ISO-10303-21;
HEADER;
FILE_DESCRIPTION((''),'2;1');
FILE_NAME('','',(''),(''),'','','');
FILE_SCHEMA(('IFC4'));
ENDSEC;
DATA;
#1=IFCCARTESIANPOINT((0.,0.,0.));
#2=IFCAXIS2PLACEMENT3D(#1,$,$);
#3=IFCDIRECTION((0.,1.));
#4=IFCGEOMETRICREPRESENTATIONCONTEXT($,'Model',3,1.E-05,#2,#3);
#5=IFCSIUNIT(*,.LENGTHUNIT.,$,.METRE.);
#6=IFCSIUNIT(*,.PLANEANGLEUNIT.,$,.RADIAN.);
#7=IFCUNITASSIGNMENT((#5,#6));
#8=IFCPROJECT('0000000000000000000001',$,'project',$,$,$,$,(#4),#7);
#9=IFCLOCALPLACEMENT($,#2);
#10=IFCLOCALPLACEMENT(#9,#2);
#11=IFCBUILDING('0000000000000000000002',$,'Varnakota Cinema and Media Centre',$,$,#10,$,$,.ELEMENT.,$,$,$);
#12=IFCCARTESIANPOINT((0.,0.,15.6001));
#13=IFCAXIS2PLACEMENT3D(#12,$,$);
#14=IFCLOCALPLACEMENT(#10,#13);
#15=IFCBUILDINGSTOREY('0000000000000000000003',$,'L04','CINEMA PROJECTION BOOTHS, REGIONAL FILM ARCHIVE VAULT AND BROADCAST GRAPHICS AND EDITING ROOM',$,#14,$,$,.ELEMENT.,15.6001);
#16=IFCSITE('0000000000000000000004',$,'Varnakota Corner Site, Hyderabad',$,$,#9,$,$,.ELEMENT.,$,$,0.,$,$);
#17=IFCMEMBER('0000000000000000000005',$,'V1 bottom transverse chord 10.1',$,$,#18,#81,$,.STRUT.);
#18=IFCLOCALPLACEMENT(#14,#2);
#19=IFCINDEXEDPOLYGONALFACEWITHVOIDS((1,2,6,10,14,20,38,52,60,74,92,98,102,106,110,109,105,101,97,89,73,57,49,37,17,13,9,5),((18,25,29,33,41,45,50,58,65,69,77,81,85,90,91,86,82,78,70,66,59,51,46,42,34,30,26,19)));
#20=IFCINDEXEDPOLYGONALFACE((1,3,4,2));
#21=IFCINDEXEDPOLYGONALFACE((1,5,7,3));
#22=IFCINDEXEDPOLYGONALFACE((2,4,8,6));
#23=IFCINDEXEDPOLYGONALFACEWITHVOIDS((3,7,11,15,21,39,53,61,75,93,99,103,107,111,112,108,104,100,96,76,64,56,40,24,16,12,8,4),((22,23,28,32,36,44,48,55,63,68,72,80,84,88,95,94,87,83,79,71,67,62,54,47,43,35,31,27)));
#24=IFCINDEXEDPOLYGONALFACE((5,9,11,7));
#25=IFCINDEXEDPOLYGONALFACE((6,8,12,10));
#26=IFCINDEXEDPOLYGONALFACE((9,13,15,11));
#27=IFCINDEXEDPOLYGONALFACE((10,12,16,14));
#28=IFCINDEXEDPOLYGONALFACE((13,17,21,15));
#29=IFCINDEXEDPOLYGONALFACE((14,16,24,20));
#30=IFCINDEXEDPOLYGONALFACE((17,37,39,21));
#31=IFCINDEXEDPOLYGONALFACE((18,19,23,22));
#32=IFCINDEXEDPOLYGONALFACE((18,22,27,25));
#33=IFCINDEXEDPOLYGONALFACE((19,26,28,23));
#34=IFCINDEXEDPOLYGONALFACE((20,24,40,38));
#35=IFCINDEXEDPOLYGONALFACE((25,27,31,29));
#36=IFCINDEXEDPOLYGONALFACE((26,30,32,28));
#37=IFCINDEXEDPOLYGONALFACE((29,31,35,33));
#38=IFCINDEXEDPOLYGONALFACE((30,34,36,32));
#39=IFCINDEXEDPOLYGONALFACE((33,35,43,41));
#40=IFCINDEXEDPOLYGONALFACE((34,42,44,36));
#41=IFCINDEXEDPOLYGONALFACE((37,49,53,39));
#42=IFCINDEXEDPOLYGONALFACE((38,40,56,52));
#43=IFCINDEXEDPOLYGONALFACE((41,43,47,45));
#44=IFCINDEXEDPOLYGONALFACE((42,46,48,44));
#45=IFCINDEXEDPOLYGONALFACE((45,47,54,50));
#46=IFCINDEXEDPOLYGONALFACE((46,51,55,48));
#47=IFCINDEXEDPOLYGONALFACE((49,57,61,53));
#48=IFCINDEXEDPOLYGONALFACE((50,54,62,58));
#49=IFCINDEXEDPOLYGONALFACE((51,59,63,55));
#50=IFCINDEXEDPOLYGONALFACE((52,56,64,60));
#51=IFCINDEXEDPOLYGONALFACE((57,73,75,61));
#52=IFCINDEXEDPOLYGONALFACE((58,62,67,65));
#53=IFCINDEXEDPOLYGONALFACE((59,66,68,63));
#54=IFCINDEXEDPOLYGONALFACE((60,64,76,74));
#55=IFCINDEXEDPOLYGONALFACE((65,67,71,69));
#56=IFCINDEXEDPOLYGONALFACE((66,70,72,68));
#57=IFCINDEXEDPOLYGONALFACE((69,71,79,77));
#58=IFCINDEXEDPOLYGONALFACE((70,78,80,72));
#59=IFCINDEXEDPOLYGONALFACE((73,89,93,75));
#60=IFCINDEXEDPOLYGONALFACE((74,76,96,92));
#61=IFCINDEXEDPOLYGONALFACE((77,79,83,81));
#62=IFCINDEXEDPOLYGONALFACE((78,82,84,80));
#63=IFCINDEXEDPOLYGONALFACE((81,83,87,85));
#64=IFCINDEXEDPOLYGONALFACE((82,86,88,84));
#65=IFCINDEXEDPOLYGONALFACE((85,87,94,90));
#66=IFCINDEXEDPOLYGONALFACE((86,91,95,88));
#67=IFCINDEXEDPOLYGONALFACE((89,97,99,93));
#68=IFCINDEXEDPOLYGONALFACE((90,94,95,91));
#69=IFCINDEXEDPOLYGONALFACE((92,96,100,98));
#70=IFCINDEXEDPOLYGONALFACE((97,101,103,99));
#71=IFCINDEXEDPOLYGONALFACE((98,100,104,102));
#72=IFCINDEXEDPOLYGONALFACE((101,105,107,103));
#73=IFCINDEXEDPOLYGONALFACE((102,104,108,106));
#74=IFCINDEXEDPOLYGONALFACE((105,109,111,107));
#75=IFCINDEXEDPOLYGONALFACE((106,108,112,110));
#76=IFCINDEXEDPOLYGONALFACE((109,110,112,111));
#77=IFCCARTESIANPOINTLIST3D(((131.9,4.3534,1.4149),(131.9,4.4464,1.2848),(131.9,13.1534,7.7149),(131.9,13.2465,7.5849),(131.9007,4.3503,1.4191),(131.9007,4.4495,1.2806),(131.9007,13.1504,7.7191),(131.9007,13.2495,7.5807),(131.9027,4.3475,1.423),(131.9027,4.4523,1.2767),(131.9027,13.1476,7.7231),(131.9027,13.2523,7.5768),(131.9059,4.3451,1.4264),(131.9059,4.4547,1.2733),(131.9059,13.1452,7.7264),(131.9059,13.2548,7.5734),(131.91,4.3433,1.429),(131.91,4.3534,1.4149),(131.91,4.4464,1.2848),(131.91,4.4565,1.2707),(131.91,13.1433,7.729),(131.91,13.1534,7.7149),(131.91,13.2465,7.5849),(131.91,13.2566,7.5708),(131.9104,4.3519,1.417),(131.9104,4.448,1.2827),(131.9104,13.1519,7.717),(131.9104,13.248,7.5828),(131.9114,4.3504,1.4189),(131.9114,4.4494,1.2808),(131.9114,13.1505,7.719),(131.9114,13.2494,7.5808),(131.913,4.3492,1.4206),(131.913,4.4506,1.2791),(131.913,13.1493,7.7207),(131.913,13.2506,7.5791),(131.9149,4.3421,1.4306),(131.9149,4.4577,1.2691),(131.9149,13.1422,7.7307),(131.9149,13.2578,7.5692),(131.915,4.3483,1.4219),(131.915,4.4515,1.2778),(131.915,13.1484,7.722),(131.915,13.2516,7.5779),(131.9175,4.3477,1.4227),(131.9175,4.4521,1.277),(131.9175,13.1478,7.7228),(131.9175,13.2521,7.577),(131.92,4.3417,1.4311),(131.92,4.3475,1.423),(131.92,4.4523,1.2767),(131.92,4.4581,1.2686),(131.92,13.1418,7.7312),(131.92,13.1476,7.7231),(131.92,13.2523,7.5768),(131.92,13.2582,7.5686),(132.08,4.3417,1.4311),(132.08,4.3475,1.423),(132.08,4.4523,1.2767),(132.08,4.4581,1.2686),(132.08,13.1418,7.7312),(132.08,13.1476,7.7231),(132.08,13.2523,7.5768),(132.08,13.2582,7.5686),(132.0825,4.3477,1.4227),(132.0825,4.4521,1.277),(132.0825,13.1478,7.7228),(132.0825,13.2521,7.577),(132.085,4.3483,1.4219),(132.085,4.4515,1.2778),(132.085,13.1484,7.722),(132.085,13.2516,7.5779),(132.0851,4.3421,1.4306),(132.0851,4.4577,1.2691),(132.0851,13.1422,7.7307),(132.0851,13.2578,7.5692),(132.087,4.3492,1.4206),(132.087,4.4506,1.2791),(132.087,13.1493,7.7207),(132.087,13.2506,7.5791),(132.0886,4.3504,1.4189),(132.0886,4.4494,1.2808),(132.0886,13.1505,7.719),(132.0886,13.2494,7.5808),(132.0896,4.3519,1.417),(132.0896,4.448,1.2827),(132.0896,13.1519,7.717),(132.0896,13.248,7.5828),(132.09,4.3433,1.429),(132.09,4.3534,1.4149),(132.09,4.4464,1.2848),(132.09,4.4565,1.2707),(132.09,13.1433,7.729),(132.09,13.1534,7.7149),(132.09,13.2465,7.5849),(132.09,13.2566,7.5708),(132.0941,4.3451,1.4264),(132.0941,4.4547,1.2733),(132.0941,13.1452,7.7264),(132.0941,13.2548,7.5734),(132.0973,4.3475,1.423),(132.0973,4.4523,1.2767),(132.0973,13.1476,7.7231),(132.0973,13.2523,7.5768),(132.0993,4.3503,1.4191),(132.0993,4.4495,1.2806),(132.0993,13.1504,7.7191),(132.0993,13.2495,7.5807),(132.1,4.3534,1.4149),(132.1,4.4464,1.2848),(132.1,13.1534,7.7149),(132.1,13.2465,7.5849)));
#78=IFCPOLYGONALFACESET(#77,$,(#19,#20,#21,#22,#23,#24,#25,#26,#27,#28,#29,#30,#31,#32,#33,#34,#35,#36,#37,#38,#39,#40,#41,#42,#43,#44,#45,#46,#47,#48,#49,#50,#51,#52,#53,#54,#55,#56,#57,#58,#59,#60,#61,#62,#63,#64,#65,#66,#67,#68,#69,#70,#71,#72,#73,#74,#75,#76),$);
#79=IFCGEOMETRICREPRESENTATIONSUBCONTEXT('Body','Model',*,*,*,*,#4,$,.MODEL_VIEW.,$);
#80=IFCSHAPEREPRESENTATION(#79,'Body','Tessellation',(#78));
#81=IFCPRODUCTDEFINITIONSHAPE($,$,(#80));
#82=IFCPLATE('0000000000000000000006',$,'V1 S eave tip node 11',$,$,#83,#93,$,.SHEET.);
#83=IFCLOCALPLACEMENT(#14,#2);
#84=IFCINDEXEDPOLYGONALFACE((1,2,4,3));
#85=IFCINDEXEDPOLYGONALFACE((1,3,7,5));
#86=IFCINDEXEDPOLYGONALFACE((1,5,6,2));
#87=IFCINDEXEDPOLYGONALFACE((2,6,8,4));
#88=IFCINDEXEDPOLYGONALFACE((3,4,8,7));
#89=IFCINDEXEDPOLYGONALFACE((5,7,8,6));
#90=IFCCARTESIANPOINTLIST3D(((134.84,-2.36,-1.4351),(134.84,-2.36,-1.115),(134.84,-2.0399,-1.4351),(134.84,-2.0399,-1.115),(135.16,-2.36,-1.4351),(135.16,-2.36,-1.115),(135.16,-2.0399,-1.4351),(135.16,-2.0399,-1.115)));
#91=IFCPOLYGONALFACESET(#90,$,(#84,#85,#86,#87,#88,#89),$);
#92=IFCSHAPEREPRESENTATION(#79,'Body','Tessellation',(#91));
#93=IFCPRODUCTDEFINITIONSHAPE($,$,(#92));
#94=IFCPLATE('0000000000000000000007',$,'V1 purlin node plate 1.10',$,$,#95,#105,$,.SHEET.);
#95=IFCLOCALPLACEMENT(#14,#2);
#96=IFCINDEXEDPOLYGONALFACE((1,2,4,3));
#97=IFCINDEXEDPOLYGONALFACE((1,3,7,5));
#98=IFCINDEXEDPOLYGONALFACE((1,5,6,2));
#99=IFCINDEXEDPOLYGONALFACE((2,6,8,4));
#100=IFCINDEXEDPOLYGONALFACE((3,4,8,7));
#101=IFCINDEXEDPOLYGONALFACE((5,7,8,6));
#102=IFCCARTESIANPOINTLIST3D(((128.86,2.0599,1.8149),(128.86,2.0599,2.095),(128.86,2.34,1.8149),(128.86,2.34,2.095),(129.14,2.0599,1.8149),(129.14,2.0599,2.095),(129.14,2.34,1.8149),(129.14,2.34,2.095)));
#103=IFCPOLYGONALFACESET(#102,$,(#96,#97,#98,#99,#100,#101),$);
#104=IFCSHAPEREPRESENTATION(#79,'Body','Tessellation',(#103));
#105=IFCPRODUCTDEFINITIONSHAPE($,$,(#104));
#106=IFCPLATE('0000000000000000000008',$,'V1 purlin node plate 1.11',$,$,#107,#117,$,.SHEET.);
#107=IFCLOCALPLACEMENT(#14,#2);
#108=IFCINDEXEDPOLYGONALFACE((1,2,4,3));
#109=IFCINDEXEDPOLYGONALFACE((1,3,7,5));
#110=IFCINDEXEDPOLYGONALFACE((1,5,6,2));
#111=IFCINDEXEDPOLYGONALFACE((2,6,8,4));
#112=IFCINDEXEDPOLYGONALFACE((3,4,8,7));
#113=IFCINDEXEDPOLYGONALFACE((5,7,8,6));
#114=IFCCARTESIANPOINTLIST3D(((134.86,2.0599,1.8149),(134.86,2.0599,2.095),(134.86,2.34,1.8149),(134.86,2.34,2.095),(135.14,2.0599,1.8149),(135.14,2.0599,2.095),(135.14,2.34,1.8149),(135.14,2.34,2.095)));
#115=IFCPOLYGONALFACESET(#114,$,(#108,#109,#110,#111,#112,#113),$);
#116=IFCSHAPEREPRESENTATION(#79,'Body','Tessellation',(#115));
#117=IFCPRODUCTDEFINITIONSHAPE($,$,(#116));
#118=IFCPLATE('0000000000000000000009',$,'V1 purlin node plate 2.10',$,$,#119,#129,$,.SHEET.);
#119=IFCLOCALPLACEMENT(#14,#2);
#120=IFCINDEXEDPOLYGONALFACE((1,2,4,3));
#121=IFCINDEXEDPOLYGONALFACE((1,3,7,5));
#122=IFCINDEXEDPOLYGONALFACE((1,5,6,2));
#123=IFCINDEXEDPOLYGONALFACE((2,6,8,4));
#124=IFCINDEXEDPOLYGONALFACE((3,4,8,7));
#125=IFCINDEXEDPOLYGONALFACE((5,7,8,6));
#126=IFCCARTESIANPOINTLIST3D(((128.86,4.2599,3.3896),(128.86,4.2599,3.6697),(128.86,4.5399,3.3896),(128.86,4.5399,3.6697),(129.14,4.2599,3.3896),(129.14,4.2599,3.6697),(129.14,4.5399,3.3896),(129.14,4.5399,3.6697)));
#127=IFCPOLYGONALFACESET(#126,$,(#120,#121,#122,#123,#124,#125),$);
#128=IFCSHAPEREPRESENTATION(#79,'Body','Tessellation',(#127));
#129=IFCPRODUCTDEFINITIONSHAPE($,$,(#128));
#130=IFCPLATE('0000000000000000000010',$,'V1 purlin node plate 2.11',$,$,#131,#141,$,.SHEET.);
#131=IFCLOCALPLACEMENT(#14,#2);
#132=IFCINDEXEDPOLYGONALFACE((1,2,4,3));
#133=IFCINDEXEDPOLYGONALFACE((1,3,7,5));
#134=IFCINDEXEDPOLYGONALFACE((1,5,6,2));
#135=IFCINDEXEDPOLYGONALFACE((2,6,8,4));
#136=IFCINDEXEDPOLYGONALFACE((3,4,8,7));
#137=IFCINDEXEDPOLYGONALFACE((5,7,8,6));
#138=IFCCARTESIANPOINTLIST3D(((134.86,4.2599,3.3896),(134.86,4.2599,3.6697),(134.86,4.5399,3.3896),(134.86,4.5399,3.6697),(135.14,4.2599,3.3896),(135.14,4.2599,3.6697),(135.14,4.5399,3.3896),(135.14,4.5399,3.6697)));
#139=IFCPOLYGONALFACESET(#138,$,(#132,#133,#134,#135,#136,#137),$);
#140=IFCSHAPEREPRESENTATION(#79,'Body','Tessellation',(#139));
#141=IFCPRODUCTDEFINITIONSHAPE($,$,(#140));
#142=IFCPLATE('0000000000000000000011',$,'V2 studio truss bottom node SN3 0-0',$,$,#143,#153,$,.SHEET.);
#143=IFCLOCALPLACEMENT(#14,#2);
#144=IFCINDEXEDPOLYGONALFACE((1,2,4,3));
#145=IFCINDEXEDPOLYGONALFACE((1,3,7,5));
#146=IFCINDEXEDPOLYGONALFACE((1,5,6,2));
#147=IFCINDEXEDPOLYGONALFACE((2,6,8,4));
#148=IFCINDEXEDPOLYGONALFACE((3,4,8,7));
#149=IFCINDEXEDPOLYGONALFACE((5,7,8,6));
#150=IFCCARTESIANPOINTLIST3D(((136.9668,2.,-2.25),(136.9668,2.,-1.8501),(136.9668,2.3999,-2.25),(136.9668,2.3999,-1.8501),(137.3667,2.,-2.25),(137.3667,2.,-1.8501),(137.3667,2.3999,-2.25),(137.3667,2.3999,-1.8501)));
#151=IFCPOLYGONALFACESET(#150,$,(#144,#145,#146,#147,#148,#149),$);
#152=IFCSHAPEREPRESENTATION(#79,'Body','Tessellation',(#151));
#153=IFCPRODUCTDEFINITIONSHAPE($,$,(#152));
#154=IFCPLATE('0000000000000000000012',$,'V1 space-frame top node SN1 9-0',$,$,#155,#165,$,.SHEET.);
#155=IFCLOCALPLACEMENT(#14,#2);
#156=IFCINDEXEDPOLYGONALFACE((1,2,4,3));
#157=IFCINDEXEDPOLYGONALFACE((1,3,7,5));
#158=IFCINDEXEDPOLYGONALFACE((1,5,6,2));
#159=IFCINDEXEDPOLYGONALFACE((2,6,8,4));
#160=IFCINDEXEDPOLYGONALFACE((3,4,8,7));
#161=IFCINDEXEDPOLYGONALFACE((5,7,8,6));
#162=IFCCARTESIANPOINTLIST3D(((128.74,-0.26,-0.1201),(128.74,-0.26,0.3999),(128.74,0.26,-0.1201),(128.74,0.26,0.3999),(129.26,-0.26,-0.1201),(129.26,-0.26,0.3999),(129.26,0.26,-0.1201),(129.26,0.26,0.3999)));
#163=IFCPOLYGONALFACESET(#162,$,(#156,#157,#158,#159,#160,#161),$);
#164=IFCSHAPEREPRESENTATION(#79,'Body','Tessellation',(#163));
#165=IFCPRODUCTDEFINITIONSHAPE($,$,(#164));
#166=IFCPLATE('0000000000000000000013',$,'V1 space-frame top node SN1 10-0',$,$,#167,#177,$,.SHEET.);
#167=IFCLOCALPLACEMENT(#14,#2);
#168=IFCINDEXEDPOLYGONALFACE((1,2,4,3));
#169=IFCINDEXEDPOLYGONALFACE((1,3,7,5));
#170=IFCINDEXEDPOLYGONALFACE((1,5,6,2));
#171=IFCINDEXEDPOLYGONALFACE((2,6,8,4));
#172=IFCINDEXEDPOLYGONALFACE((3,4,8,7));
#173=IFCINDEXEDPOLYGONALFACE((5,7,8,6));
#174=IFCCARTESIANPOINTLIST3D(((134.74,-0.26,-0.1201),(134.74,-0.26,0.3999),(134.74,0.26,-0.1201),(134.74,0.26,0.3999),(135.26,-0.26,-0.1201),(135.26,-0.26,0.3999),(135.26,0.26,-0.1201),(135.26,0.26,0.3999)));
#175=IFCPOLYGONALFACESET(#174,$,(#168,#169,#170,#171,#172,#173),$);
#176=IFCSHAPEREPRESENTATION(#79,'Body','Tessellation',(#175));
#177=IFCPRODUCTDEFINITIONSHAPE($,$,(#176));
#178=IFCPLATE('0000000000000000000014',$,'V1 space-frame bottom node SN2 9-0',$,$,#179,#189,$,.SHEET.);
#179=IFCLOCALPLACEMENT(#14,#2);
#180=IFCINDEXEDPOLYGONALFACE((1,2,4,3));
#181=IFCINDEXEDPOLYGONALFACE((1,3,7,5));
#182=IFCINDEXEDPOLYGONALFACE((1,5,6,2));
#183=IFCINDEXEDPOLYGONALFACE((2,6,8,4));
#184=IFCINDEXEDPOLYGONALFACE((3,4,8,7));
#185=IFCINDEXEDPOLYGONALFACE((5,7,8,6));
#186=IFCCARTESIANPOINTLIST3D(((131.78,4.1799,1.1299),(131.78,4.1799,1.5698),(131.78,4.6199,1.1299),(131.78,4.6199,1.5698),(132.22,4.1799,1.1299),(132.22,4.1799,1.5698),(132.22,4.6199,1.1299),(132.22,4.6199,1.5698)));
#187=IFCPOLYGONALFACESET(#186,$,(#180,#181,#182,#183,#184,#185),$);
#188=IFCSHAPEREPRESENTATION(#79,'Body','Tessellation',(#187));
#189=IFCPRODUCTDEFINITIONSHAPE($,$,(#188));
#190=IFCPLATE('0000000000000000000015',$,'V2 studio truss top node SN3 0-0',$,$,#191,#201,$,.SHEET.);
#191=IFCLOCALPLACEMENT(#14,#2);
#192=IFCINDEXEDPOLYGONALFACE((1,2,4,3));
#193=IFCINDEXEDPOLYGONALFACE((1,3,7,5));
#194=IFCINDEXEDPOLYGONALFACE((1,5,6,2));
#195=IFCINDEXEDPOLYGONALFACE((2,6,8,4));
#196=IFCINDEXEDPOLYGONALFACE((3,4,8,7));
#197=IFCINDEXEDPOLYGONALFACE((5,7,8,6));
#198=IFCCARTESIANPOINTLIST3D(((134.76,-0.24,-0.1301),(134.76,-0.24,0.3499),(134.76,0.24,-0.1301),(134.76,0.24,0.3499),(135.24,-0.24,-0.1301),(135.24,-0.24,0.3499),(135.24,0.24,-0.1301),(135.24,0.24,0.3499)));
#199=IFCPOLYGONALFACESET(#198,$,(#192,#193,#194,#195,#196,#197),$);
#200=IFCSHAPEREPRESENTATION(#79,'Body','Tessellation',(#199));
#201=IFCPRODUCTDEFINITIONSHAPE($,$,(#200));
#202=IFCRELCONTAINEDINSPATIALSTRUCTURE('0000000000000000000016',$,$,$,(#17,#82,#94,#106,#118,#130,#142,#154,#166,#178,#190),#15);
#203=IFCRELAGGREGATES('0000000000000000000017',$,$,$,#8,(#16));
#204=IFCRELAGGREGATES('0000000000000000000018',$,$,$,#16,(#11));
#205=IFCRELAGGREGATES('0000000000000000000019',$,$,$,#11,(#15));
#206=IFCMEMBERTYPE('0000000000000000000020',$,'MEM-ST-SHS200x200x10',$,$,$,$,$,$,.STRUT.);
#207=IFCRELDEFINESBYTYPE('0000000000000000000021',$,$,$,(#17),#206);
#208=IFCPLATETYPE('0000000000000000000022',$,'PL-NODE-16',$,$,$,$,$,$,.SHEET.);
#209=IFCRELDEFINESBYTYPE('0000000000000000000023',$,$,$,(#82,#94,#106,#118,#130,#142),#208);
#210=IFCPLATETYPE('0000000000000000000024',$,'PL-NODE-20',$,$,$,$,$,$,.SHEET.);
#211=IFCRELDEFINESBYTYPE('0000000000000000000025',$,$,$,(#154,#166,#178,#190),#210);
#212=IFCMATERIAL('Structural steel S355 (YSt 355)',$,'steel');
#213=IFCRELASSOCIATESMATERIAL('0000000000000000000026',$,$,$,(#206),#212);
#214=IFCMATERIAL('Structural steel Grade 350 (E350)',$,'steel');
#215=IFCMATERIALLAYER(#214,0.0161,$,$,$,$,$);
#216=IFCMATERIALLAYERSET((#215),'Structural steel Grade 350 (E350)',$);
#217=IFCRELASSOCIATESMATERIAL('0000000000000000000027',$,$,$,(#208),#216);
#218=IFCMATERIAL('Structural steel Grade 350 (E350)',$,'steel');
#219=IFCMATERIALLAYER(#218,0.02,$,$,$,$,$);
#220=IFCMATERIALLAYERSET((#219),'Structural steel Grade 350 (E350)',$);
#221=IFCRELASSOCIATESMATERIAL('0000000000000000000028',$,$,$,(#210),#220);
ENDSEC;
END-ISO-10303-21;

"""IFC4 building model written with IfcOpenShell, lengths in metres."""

from ifc_helpers import new_model, si_unit, direction, frame, origin, origin_2d, place, context, subcontext, project, spatial, rectangle, hollow_rectangle, extrude, material, layer, layer_set, material_profile, profile_set, type_object, element, save


model = new_model("IFC4")

# Units and contexts
model_context = context("Model", 3, precision=1e-05, world=origin(), true_north=direction((0.0, 1.0)))
body_context = subcontext(model_context, "Body", "Model", "MODEL_VIEW")
ifc_project = project(units=[si_unit("LENGTHUNIT", "METRE"), si_unit("PLANEANGLEUNIT", "RADIAN")], contexts=[model_context])

# Site, building, storey
site_placement = place(None, origin())
site = spatial("IfcSite", under=ifc_project, at=site_placement, Name="Varnakota Corner Site, Hyderabad", CompositionType="ELEMENT", RefElevation=0.0)
building_placement = place(site_placement, origin())
building = spatial("IfcBuilding", under=site, at=building_placement, Name="Varnakota Cinema and Media Centre", CompositionType="ELEMENT")
storey_placement = place(building_placement, frame((0.0, 0.0, 15.6001)))
storey = spatial("IfcBuildingStorey", under=building, at=storey_placement, Name="L04", Description="CINEMA PROJECTION BOOTHS, REGIONAL FILM ARCHIVE VAULT AND BROADCAST GRAPHICS AND EDITING ROOM", CompositionType="ELEMENT", Elevation=15.6001)

# Member
ifc_material_1 = material(Name="Structural steel S355 (YSt 355)", Category="steel")
ifc_material_profile_1 = material_profile(ifc_material_1, hollow_rectangle(XDim=0.2, YDim=0.2, WallThickness=0.01, InnerFilletRadius=0.01, OuterFilletRadius=0.02, at=origin_2d()), Name="SHS 200x200x10")
ifc_profile_set_1 = profile_set([ifc_material_profile_1], Name="Structural steel S355 (YSt 355)")
member_type_1 = type_object("IfcMemberType", Name="MEM-ST-SHS200x200x10", PredefinedType="STRUT", material=ifc_profile_set_1)
member_1_placement = place(storey_placement, frame((132.0, 4.3999, 1.3499), z_axis=(0.0, 0.813108, 0.582113), x_axis=(-1.0, 0.0, 0.0)))
element("IfcMember", 1, at=member_1_placement, inside=storey, type_object=member_type_1, Name="V1 bottom transverse chord 10.1", PredefinedType="STRUT", context=body_context, shape_type="SweptSolid", body=[
    extrude(hollow_rectangle(XDim=0.2, YDim=0.2, WallThickness=0.01, InnerFilletRadius=0.01, OuterFilletRadius=0.02, at=origin_2d()), origin(), (0.0, 0.0, 1.0), 10.8228),
])

# Plates
ifc_material_2 = material(Name="Structural steel Grade 350 (E350)", Category="steel")
ifc_layer_1 = layer(ifc_material_2, 0.0161)
ifc_layer_set_1 = layer_set([ifc_layer_1], Name="Structural steel Grade 350 (E350)")
plate_type_1 = type_object("IfcPlateType", Name="PL-NODE-16", PredefinedType="SHEET", material=ifc_layer_set_1)
plate_1_placement = place(storey_placement, frame((135.0, -2.2, -1.4351), z_axis=(0.0, 0.0, 1.0), x_axis=(1.0, 0.0, 0.0)))
element("IfcPlate", 2, at=plate_1_placement, inside=storey, type_object=plate_type_1, Name="V1 S eave tip node 11", PredefinedType="SHEET", context=body_context, shape_type="SweptSolid", body=[
    extrude(rectangle(XDim=0.3201, YDim=0.3201, at=origin_2d()), origin(), (0.0, 0.0, 1.0), 0.3201),
])
for number, where, z_axis, x_axis, name in (
    (3, (129.0, 2.2, 1.8149), (0.0, 0.0, 1.0), (1.0, 0.0, 0.0), "V1 purlin node plate 1.10"),
    (4, (135.0, 2.2, 1.8149), (0.0, 0.0, 1.0), (1.0, 0.0, 0.0), "V1 purlin node plate 1.11"),
    (5, (129.0, 4.3999, 3.3896), (0.0, 0.0, 1.0), (1.0, 0.0, 0.0), "V1 purlin node plate 2.10"),
    (6, (135.0, 4.3999, 3.3896), (0.0, 0.0, 1.0), (1.0, 0.0, 0.0), "V1 purlin node plate 2.11"),
):
    element("IfcPlate", number, at=place(storey_placement, frame(where, z_axis=z_axis, x_axis=x_axis)), inside=storey, type_object=plate_type_1, Name=name, PredefinedType="SHEET", context=body_context, shape_type="SweptSolid", body=[
        extrude(rectangle(XDim=0.28, YDim=0.28, at=origin_2d()), origin(), (0.0, 0.0, 1.0), 0.28),
    ])
plate_2_placement = place(storey_placement, frame((137.1667, 2.2, -2.25), z_axis=(0.0, 0.0, 1.0), x_axis=(1.0, 0.0, 0.0)))
element("IfcPlate", 7, at=plate_2_placement, inside=storey, type_object=plate_type_1, Name="V2 studio truss bottom node SN3 0-0", PredefinedType="SHEET", context=body_context, shape_type="SweptSolid", body=[
    extrude(rectangle(XDim=0.3999, YDim=0.3999, at=origin_2d()), origin(), (0.0, 0.0, 1.0), 0.3999),
])
ifc_material_3 = material(Name="Structural steel Grade 350 (E350)", Category="steel")
ifc_layer_2 = layer(ifc_material_3, 0.02)
ifc_layer_set_2 = layer_set([ifc_layer_2], Name="Structural steel Grade 350 (E350)")
plate_type_2 = type_object("IfcPlateType", Name="PL-NODE-20", PredefinedType="SHEET", material=ifc_layer_set_2)
for number, where, z_axis, x_axis, name in (
    (8, (129.0, 0.0, -0.1201), (0.0, 0.0, 1.0), (1.0, 0.0, 0.0), "V1 space-frame top node SN1 9-0"),
    (9, (135.0, 0.0, -0.1201), (0.0, 0.0, 1.0), (1.0, 0.0, 0.0), "V1 space-frame top node SN1 10-0"),
):
    element("IfcPlate", number, at=place(storey_placement, frame(where, z_axis=z_axis, x_axis=x_axis)), inside=storey, type_object=plate_type_2, Name=name, PredefinedType="SHEET", context=body_context, shape_type="SweptSolid", body=[
        extrude(rectangle(XDim=0.52, YDim=0.52, at=origin_2d()), origin(), (0.0, 0.0, 1.0), 0.52),
    ])
plate_3_placement = place(storey_placement, frame((132.0, 4.3999, 1.1299), z_axis=(0.0, 0.0, 1.0), x_axis=(1.0, 0.0, 0.0)))
element("IfcPlate", 10, at=plate_3_placement, inside=storey, type_object=plate_type_2, Name="V1 space-frame bottom node SN2 9-0", PredefinedType="SHEET", context=body_context, shape_type="SweptSolid", body=[
    extrude(rectangle(XDim=0.4399, YDim=0.4399, at=origin_2d()), origin(), (0.0, 0.0, 1.0), 0.4399),
])
for number, where, z_axis, x_axis, name in (
    (11, (135.0, 0.0, -0.1301), (0.0, 0.0, 1.0), (1.0, 0.0, 0.0), "V2 studio truss top node SN3 0-0"),
):
    element("IfcPlate", number, at=place(storey_placement, frame(where, z_axis=z_axis, x_axis=x_axis)), inside=storey, type_object=plate_type_2, Name=name, PredefinedType="SHEET", context=body_context, shape_type="SweptSolid", body=[
        extrude(rectangle(XDim=0.48, YDim=0.48, at=origin_2d()), origin(), (0.0, 0.0, 1.0), 0.48),
    ])

save(model, "model.ifc")
